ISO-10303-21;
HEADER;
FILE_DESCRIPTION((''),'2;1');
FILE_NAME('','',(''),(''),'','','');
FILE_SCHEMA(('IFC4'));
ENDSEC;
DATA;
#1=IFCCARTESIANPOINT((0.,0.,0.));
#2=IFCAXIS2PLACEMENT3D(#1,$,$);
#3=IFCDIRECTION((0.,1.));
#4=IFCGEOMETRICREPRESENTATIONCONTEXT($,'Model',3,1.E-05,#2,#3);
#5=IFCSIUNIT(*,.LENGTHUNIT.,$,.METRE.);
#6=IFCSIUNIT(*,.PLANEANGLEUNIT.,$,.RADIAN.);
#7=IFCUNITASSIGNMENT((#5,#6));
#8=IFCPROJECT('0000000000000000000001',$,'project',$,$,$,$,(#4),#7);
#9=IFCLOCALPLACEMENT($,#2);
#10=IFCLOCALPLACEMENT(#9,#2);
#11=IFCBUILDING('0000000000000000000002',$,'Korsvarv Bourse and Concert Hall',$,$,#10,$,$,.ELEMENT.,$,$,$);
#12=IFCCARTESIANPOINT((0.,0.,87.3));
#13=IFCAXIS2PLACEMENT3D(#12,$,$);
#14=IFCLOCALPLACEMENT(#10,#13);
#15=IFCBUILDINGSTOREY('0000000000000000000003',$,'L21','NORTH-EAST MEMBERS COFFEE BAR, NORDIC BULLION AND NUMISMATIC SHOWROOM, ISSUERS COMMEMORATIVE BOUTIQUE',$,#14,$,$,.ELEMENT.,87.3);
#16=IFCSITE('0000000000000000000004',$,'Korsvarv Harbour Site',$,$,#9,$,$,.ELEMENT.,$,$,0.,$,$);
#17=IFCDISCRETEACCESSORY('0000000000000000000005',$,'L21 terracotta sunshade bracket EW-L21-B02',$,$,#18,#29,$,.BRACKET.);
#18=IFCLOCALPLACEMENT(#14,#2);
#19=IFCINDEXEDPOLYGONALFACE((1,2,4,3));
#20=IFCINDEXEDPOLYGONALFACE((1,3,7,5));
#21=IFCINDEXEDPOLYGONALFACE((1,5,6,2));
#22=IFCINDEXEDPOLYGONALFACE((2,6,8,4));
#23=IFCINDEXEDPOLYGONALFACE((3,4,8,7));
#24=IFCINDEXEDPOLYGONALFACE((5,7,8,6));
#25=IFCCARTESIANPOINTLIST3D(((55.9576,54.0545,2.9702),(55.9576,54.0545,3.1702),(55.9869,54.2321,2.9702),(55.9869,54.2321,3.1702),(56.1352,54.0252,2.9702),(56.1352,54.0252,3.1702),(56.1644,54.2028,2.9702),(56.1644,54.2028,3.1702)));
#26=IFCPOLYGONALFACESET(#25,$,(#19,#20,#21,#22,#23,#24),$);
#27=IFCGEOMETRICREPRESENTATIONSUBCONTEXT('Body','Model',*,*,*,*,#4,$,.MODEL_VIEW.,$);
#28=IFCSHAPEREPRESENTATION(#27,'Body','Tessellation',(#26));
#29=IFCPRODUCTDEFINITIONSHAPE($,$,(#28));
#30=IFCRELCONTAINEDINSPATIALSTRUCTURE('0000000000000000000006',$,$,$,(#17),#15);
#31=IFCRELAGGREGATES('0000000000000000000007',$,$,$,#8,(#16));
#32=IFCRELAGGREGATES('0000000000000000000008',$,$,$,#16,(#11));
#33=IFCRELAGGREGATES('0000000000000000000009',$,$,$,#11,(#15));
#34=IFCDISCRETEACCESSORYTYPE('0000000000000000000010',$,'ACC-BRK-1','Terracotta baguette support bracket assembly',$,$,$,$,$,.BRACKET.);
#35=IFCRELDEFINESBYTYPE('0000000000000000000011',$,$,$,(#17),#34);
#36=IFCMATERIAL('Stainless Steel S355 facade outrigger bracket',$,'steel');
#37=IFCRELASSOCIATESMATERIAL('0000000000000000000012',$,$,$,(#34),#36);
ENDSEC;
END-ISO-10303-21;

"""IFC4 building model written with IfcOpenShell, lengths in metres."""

from ifc_helpers import new_model, si_unit, direction, frame, origin, origin_2d, place, context, subcontext, project, spatial, rectangle, extrude, source, transform, mapped, material, type_object, element, save


model = new_model("IFC4")

# Units and contexts
model_context = context("Model", 3, precision=1e-05, world=origin(), true_north=direction((0.0, 1.0)))
body_context = subcontext(model_context, "Body", "Model", "MODEL_VIEW")
ifc_project = project(units=[si_unit("LENGTHUNIT", "METRE"), si_unit("PLANEANGLEUNIT", "RADIAN")], contexts=[model_context])

# Site, building, storey
site_placement = place(None, origin())
site = spatial("IfcSite", under=ifc_project, at=site_placement, Name="Korsvarv Harbour Site", CompositionType="ELEMENT", RefElevation=0.0)
building_placement = place(site_placement, origin())
building = spatial("IfcBuilding", under=site, at=building_placement, Name="Korsvarv Bourse and Concert Hall", CompositionType="ELEMENT")
storey_placement = place(building_placement, frame((0.0, 0.0, 87.3)))
storey = spatial("IfcBuildingStorey", under=building, at=storey_placement, Name="L21", Description="NORTH-EAST MEMBERS COFFEE BAR, NORDIC BULLION AND NUMISMATIC SHOWROOM, ISSUERS COMMEMORATIVE BOUTIQUE", CompositionType="ELEMENT", Elevation=87.3)

# Discrete accessory
ifc_material_1 = material(Name="Stainless Steel S355 facade outrigger bracket", Category="steel")
discrete_accessory_type = type_object("IfcDiscreteAccessoryType", Name="ACC-BRK-1", Description="Terracotta baguette support bracket assembly", PredefinedType="BRACKET", material=ifc_material_1)
shared_shape_1 = source(origin(), body_context, "Body", "SweptSolid", [
    extrude(rectangle(XDim=0.1799, YDim=0.1799, at=origin_2d()), origin(), (0.0, 0.0, 1.0), 0.2),
])
discrete_accessory_placement = place(storey_placement, frame((56.061, 54.1287, 2.9702), z_axis=(0.0, 0.0, 1.0), x_axis=(-0.986658, 0.162809, 0.0)))
element("IfcDiscreteAccessory", 1, at=discrete_accessory_placement, inside=storey, type_object=discrete_accessory_type, Name="L21 terracotta sunshade bracket EW-L21-B02", PredefinedType="BRACKET", context=body_context, shape_type="MappedRepresentation", body=[
    mapped(shared_shape_1, transform((0.0, 0.0, 0.0), scale=1.0)),
])

save(model, "model.ifc")
